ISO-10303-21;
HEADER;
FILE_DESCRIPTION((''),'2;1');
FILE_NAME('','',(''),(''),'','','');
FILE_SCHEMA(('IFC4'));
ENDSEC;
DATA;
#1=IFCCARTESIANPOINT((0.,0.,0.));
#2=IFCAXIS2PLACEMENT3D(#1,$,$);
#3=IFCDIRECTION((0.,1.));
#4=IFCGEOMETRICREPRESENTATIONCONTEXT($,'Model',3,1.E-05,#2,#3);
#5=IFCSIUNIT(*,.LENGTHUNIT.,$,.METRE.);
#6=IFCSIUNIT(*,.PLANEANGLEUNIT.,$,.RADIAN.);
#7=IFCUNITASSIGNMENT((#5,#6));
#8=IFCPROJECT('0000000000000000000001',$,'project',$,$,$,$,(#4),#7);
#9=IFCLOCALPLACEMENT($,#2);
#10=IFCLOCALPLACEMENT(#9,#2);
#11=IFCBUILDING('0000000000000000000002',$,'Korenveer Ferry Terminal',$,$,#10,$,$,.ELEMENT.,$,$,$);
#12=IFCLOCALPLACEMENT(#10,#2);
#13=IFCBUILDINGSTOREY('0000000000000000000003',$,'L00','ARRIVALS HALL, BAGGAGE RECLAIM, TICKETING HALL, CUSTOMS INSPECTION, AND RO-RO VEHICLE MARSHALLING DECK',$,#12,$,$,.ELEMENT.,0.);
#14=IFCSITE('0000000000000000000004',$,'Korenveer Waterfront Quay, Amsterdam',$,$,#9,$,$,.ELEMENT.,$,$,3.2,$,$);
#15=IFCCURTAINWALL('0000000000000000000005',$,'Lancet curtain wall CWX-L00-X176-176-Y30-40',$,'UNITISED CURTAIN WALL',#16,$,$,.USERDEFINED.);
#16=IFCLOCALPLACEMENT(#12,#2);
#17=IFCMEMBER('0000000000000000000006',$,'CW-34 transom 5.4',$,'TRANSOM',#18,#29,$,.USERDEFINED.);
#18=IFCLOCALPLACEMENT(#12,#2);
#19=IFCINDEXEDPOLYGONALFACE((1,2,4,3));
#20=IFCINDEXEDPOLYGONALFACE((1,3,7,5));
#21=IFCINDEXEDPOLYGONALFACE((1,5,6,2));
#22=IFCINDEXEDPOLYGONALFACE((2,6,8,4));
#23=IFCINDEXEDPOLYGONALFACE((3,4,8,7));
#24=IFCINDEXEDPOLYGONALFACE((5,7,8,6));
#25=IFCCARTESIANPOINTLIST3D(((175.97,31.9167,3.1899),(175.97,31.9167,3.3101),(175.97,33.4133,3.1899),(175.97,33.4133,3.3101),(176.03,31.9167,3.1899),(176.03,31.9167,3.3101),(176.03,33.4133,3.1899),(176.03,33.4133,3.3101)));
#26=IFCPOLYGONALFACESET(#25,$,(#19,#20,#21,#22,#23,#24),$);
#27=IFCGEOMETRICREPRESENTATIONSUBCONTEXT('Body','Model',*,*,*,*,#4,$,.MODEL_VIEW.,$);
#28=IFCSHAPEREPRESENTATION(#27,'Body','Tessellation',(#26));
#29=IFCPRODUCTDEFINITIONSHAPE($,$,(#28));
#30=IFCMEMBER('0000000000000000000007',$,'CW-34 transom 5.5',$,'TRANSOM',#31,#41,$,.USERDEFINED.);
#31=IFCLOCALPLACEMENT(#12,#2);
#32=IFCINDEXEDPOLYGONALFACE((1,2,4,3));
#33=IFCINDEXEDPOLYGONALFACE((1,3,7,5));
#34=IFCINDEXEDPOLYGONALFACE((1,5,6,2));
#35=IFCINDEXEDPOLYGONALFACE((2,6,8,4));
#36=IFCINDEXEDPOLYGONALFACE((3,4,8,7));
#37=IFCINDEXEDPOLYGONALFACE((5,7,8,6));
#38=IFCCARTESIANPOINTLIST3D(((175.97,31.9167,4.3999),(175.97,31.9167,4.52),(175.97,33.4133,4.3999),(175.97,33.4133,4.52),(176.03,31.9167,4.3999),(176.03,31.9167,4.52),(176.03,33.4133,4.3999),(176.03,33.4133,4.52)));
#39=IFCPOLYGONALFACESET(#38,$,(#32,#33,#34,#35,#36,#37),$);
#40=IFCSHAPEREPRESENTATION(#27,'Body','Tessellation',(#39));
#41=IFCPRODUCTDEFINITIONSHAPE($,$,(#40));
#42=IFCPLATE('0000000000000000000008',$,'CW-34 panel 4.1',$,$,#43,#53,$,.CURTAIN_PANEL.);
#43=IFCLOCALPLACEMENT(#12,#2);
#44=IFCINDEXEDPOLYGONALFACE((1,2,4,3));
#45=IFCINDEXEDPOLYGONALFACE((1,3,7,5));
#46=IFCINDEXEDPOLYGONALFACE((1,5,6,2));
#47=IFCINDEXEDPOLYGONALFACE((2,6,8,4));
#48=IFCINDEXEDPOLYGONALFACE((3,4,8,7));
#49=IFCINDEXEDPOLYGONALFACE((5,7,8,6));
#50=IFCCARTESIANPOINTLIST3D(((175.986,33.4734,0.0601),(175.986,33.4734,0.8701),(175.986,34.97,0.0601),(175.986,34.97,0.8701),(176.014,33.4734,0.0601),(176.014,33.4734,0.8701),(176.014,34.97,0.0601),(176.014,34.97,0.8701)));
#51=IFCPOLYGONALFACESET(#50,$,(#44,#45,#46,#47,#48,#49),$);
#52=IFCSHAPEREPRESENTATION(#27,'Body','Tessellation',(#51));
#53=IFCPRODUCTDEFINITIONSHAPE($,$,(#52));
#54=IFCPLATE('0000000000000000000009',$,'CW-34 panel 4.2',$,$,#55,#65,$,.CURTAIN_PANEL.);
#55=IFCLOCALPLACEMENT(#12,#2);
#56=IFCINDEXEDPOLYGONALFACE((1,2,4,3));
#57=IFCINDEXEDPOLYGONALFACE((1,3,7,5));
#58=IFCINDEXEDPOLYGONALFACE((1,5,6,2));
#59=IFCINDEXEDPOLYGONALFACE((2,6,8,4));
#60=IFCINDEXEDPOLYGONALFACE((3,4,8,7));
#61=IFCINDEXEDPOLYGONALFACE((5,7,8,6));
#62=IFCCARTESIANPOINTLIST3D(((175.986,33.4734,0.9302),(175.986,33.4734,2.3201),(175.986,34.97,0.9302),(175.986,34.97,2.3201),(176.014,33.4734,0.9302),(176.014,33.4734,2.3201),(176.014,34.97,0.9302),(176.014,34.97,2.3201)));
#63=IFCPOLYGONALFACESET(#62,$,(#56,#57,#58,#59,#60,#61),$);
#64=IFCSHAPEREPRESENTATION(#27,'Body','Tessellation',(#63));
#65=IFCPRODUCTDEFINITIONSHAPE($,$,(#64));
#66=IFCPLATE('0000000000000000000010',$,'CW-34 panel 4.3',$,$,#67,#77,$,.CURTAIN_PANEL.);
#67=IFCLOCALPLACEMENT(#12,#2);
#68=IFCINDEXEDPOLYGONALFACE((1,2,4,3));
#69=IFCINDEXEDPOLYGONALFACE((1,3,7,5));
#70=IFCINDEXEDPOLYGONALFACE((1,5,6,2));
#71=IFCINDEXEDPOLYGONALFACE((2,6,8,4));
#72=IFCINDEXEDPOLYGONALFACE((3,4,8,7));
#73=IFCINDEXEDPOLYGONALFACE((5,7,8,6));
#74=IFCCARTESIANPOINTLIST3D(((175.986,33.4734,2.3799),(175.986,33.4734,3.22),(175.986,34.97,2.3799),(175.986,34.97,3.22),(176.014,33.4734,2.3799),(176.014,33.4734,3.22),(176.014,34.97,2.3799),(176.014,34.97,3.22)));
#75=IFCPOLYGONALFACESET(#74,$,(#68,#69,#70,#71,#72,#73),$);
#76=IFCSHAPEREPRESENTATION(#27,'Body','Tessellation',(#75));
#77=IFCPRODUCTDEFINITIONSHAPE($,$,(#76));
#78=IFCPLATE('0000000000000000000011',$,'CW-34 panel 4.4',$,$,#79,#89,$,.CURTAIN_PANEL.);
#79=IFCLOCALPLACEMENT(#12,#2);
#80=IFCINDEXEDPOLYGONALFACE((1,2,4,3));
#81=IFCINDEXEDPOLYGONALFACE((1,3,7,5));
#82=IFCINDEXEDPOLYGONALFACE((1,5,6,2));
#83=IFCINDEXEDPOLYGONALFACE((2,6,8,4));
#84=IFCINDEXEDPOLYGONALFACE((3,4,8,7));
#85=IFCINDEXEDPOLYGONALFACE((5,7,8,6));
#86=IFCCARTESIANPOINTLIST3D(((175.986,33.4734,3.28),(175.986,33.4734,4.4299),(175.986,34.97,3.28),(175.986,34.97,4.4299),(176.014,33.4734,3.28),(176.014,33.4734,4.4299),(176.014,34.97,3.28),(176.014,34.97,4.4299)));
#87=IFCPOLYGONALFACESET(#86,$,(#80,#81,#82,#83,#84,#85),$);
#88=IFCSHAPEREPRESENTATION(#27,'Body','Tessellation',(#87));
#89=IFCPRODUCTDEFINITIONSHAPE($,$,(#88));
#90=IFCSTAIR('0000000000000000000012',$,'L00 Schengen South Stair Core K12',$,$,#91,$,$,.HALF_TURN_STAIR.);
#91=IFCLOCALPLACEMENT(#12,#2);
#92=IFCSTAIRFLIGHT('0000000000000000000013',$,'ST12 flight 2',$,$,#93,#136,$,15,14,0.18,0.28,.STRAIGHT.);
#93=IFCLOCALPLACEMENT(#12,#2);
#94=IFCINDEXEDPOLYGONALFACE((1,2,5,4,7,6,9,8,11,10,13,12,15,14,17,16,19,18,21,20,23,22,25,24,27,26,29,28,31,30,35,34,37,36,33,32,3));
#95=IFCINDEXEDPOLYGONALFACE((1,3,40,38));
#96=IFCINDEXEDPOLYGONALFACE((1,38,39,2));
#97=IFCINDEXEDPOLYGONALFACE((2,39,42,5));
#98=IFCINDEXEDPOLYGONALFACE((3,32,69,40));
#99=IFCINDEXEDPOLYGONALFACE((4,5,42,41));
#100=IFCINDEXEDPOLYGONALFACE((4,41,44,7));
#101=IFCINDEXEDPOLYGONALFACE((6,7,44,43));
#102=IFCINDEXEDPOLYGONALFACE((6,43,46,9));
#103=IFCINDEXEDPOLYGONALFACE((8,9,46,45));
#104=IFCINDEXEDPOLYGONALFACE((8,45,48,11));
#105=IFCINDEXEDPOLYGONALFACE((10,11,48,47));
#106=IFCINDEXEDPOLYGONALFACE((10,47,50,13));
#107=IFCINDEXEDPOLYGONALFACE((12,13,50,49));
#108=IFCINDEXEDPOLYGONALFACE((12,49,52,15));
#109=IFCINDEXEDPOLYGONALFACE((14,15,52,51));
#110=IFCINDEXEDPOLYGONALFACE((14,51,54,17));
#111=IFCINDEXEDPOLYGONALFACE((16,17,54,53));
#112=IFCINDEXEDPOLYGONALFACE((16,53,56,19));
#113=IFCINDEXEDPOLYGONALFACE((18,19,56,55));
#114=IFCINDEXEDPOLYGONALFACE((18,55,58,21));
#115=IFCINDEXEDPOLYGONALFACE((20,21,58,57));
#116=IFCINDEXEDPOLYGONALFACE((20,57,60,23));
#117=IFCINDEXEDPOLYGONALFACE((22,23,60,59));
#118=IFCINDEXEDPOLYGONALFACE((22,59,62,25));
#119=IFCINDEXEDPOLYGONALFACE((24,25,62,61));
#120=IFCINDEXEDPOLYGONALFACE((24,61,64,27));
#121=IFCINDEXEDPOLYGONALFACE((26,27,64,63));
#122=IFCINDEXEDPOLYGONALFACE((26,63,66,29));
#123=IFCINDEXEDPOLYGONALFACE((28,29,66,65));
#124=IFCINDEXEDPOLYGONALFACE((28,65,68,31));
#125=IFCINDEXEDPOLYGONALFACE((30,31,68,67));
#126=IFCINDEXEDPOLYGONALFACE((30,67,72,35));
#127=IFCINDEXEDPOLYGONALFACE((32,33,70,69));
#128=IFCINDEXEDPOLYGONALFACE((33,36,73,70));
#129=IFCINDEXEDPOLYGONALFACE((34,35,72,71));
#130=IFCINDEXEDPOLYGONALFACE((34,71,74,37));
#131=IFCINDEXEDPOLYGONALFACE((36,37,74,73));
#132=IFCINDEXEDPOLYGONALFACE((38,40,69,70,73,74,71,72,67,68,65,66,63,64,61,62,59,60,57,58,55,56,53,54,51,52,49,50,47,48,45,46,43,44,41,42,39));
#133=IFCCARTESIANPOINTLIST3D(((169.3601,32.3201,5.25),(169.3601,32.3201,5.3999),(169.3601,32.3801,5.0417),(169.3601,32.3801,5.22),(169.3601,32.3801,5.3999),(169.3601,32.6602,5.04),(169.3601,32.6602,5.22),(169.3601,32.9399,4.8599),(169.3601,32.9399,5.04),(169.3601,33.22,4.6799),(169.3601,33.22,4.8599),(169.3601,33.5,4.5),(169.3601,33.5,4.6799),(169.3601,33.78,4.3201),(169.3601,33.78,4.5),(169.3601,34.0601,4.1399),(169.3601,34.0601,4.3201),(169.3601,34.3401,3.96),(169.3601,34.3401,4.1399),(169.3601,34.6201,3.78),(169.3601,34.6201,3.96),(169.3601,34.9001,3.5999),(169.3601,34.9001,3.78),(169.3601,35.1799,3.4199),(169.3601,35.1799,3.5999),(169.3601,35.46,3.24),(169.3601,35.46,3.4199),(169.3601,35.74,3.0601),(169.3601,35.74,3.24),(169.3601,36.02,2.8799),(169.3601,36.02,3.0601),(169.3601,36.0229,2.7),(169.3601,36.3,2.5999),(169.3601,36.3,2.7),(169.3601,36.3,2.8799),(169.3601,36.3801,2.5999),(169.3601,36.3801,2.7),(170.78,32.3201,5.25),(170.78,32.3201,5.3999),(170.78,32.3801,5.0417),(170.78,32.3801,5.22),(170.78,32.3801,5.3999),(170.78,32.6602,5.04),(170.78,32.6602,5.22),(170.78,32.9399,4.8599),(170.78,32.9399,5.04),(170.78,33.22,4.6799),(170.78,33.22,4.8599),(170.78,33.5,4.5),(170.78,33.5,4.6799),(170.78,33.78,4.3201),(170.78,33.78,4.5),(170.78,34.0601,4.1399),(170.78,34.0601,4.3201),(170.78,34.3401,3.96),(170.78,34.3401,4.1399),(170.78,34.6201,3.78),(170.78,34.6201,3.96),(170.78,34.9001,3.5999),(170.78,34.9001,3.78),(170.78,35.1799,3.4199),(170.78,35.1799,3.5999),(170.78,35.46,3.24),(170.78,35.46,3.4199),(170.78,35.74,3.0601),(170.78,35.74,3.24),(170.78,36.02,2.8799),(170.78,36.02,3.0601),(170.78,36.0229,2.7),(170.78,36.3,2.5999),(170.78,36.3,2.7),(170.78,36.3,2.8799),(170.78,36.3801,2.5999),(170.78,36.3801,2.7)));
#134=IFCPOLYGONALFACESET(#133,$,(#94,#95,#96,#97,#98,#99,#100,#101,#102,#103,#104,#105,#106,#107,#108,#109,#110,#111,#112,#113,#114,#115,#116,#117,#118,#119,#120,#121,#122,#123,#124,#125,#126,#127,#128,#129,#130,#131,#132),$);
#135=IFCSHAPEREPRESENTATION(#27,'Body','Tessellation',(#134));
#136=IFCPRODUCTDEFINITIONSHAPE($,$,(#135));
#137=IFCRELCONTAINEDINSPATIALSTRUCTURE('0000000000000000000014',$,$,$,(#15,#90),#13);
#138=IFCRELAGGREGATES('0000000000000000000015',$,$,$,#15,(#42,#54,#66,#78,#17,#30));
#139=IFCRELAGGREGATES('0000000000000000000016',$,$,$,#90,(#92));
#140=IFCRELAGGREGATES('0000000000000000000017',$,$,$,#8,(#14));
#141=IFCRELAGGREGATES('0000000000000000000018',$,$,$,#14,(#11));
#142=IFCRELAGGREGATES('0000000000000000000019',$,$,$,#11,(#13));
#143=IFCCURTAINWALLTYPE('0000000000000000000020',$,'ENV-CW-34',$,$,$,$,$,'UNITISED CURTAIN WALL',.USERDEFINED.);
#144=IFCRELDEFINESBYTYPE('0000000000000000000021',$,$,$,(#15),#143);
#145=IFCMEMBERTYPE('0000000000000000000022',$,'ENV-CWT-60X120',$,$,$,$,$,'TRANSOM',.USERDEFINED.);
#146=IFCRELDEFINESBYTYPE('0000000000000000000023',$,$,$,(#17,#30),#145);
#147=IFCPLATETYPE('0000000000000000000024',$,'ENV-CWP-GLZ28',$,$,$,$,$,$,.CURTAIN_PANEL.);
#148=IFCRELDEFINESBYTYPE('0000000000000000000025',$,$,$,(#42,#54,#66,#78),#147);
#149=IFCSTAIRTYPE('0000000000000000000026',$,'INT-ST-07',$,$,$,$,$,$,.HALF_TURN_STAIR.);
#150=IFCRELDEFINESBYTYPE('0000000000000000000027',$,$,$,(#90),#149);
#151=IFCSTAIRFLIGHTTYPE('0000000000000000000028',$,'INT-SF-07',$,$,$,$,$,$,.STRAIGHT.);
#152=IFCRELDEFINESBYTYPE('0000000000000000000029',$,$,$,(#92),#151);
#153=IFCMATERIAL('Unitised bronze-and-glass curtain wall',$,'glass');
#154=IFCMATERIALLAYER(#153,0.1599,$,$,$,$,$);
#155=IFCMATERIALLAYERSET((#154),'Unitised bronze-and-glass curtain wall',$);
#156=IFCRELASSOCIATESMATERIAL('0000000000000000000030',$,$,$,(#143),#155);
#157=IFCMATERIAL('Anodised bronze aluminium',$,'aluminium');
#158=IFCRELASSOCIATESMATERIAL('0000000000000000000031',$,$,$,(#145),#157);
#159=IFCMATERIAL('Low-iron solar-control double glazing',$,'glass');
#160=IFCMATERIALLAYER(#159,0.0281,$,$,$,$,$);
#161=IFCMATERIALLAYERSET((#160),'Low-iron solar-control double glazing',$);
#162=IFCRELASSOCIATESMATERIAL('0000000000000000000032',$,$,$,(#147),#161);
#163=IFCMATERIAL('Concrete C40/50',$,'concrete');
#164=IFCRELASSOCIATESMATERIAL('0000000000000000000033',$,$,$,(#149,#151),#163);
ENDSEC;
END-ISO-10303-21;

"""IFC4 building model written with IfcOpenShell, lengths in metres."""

from ifc_helpers import new_model, si_unit, direction, frame, origin, origin_2d, place, context, subcontext, project, spatial, polyline, rectangle, outline, extrude, material, layer, layer_set, material_profile, profile_set, type_object, element, aggregate, save


model = new_model("IFC4")

# Units and contexts
model_context = context("Model", 3, precision=1e-05, world=origin(), true_north=direction((0.0, 1.0)))
body_context = subcontext(model_context, "Body", "Model", "MODEL_VIEW")
ifc_project = project(units=[si_unit("LENGTHUNIT", "METRE"), si_unit("PLANEANGLEUNIT", "RADIAN")], contexts=[model_context])

# Site, building, storey
site_placement = place(None, origin())
site = spatial("IfcSite", under=ifc_project, at=site_placement, Name="Korenveer Waterfront Quay, Amsterdam", CompositionType="ELEMENT", RefElevation=3.2)
building_placement = place(site_placement, origin())
building = spatial("IfcBuilding", under=site, at=building_placement, Name="Korenveer Ferry Terminal", CompositionType="ELEMENT")
storey_placement = place(building_placement, origin())
storey = spatial("IfcBuildingStorey", under=building, at=storey_placement, Name="L00", Description="ARRIVALS HALL, BAGGAGE RECLAIM, TICKETING HALL, CUSTOMS INSPECTION, AND RO-RO VEHICLE MARSHALLING DECK", CompositionType="ELEMENT", Elevation=0.0)

# Shared definitions
ifc_material_1 = material(Name="Concrete C40/50", Category="concrete")

# Curtain wall, members, plates
ifc_material_2 = material(Name="Unitised bronze-and-glass curtain wall", Category="glass")
ifc_layer_1 = layer(ifc_material_2, 0.1599)
ifc_layer_set_1 = layer_set([ifc_layer_1], Name="Unitised bronze-and-glass curtain wall")
curtain_wall_type = type_object("IfcCurtainWallType", Name="ENV-CW-34", ElementType="UNITISED CURTAIN WALL", PredefinedType="USERDEFINED", material=ifc_layer_set_1)
curtain_wall_placement = place(storey_placement, frame((176.0, 39.6699, 0.0)))
curtain_wall = element("IfcCurtainWall", 1, at=curtain_wall_placement, inside=storey, type_object=curtain_wall_type, Name="Lancet curtain wall CWX-L00-X176-176-Y30-40", ObjectType="UNITISED CURTAIN WALL", PredefinedType="USERDEFINED")
ifc_material_3 = material(Name="Anodised bronze aluminium", Category="aluminium")
ifc_material_profile_1 = material_profile(ifc_material_3, rectangle(XDim=0.0601, YDim=0.1201, at=origin_2d()), Name="ALU 60x120")
ifc_profile_set_1 = profile_set([ifc_material_profile_1], Name="Anodised bronze aluminium")
member_type_1 = type_object("IfcMemberType", Name="ENV-CWT-60X120", ElementType="TRANSOM", PredefinedType="USERDEFINED", material=ifc_profile_set_1)
member_1_placement = place(storey_placement, frame((176.0, 33.4133, 3.25), z_axis=(0.0, -1.0, 0.0), x_axis=(1.0, 0.0, 0.0)))
member_1 = element("IfcMember", 2, at=member_1_placement, type_object=member_type_1, Name="CW-34 transom 5.4", ObjectType="TRANSOM", PredefinedType="USERDEFINED", context=body_context, shape_type="SweptSolid", body=[
    extrude(rectangle(XDim=0.0601, YDim=0.1201, at=origin_2d()), origin(), (0.0, 0.0, 1.0), 1.4966),
])
member_2_placement = place(storey_placement, frame((176.0, 33.4133, 4.46), z_axis=(0.0, -1.0, 0.0), x_axis=(1.0, 0.0, 0.0)))
member_2 = element("IfcMember", 3, at=member_2_placement, type_object=member_type_1, Name="CW-34 transom 5.5", ObjectType="TRANSOM", PredefinedType="USERDEFINED", context=body_context, shape_type="SweptSolid", body=[
    extrude(rectangle(XDim=0.0601, YDim=0.1201, at=origin_2d()), origin(), (0.0, 0.0, 1.0), 1.4966),
])
ifc_material_4 = material(Name="Low-iron solar-control double glazing", Category="glass")
ifc_layer_2 = layer(ifc_material_4, 0.0281)
ifc_layer_set_2 = layer_set([ifc_layer_2], Name="Low-iron solar-control double glazing")
plate_type = type_object("IfcPlateType", Name="ENV-CWP-GLZ28", PredefinedType="CURTAIN_PANEL", material=ifc_layer_set_2)
plate_1_placement = place(storey_placement, frame((176.0, 34.2217, 0.0601), z_axis=(0.0, 0.0, 1.0), x_axis=(0.0, -1.0, 0.0)))
plate_1 = element("IfcPlate", 4, at=plate_1_placement, type_object=plate_type, Name="CW-34 panel 4.1", PredefinedType="CURTAIN_PANEL", context=body_context, shape_type="SweptSolid", body=[
    extrude(rectangle(XDim=1.4966, YDim=0.0281, at=origin_2d()), origin(), (0.0, 0.0, 1.0), 0.8101),
])
plate_2_placement = place(storey_placement, frame((176.0, 34.2217, 0.9302), z_axis=(0.0, 0.0, 1.0), x_axis=(0.0, -1.0, 0.0)))
plate_2 = element("IfcPlate", 5, at=plate_2_placement, type_object=plate_type, Name="CW-34 panel 4.2", PredefinedType="CURTAIN_PANEL", context=body_context, shape_type="SweptSolid", body=[
    extrude(rectangle(XDim=1.4966, YDim=0.0281, at=origin_2d()), origin(), (0.0, 0.0, 1.0), 1.3899),
])
plate_3_placement = place(storey_placement, frame((176.0, 34.2217, 2.3799), z_axis=(0.0, 0.0, 1.0), x_axis=(0.0, -1.0, 0.0)))
plate_3 = element("IfcPlate", 6, at=plate_3_placement, type_object=plate_type, Name="CW-34 panel 4.3", PredefinedType="CURTAIN_PANEL", context=body_context, shape_type="SweptSolid", body=[
    extrude(rectangle(XDim=1.4966, YDim=0.0281, at=origin_2d()), origin(), (0.0, 0.0, 1.0), 0.8401),
])
plate_4_placement = place(storey_placement, frame((176.0, 34.2217, 3.28), z_axis=(0.0, 0.0, 1.0), x_axis=(0.0, -1.0, 0.0)))
plate_4 = element("IfcPlate", 7, at=plate_4_placement, type_object=plate_type, Name="CW-34 panel 4.4", PredefinedType="CURTAIN_PANEL", context=body_context, shape_type="SweptSolid", body=[
    extrude(rectangle(XDim=1.4966, YDim=0.0281, at=origin_2d()), origin(), (0.0, 0.0, 1.0), 1.1499),
])
aggregate(curtain_wall, [plate_1, plate_2, plate_3, plate_4, member_1, member_2])

# Stair, stair flight
stair_type = type_object("IfcStairType", Name="INT-ST-07", PredefinedType="HALF_TURN_STAIR", material=ifc_material_1)
stair_placement = place(storey_placement, frame((171.6899, 32.3799, 0.0)))
stair = element("IfcStair", 8, at=stair_placement, inside=storey, type_object=stair_type, Name="L00 Schengen South Stair Core K12", PredefinedType="HALF_TURN_STAIR")
stair_flight_type = type_object("IfcStairFlightType", Name="INT-SF-07", PredefinedType="STRAIGHT", material=ifc_material_1)
stair_flight_placement = place(storey_placement, frame((170.0701, 36.3, 2.7), z_axis=(0.0, 0.0, 1.0), x_axis=(0.0, -1.0, 0.0)))
stair_flight = element("IfcStairFlight", 9, at=stair_flight_placement, type_object=stair_flight_type, Name="ST12 flight 2", NumberOfRisers=15, NumberOfTreads=14, PredefinedType="STRAIGHT", RiserHeight=0.18, TreadLength=0.28, context=body_context, shape_type="SweptSolid", body=[
    extrude(outline(polyline([(-0.0801, 0.0), (0.0, 0.0), (0.0, 0.1799), (0.28, 0.1799), (0.28, 0.3601), (0.5601, 0.3601), (0.5601, 0.54), (0.8401, 0.54), (0.8401, 0.72), (1.1201, 0.72), (1.1201, 0.8999), (1.3999, 0.8999), (1.3999, 1.0801), (1.6799, 1.0801), (1.6799, 1.26), (1.96, 1.26), (1.96, 1.4399), (2.24, 1.4399), (2.24, 1.6201), (2.52, 1.6201), (2.52, 1.8), (2.8, 1.8), (2.8, 1.98), (3.0801, 1.98), (3.0801, 2.1599), (3.3601, 2.1599), (3.3601, 2.3401), (3.6399, 2.3401), (3.6399, 2.52), (3.9199, 2.52), (3.9199, 2.7), (3.98, 2.7), (3.98, 2.55), (3.9199, 2.3418), (0.2771, 0.0), (0.0, -0.1001), (-0.0801, -0.1001), (-0.0801, 0.0)])), frame((0.0, 0.71, 0.0), z_axis=(0.0, -1.0, 0.0), x_axis=(1.0, 0.0, 0.0)), (0.0, 0.0, 1.0), 1.4199),
])
aggregate(stair, [stair_flight])

save(model, "model.ifc")
